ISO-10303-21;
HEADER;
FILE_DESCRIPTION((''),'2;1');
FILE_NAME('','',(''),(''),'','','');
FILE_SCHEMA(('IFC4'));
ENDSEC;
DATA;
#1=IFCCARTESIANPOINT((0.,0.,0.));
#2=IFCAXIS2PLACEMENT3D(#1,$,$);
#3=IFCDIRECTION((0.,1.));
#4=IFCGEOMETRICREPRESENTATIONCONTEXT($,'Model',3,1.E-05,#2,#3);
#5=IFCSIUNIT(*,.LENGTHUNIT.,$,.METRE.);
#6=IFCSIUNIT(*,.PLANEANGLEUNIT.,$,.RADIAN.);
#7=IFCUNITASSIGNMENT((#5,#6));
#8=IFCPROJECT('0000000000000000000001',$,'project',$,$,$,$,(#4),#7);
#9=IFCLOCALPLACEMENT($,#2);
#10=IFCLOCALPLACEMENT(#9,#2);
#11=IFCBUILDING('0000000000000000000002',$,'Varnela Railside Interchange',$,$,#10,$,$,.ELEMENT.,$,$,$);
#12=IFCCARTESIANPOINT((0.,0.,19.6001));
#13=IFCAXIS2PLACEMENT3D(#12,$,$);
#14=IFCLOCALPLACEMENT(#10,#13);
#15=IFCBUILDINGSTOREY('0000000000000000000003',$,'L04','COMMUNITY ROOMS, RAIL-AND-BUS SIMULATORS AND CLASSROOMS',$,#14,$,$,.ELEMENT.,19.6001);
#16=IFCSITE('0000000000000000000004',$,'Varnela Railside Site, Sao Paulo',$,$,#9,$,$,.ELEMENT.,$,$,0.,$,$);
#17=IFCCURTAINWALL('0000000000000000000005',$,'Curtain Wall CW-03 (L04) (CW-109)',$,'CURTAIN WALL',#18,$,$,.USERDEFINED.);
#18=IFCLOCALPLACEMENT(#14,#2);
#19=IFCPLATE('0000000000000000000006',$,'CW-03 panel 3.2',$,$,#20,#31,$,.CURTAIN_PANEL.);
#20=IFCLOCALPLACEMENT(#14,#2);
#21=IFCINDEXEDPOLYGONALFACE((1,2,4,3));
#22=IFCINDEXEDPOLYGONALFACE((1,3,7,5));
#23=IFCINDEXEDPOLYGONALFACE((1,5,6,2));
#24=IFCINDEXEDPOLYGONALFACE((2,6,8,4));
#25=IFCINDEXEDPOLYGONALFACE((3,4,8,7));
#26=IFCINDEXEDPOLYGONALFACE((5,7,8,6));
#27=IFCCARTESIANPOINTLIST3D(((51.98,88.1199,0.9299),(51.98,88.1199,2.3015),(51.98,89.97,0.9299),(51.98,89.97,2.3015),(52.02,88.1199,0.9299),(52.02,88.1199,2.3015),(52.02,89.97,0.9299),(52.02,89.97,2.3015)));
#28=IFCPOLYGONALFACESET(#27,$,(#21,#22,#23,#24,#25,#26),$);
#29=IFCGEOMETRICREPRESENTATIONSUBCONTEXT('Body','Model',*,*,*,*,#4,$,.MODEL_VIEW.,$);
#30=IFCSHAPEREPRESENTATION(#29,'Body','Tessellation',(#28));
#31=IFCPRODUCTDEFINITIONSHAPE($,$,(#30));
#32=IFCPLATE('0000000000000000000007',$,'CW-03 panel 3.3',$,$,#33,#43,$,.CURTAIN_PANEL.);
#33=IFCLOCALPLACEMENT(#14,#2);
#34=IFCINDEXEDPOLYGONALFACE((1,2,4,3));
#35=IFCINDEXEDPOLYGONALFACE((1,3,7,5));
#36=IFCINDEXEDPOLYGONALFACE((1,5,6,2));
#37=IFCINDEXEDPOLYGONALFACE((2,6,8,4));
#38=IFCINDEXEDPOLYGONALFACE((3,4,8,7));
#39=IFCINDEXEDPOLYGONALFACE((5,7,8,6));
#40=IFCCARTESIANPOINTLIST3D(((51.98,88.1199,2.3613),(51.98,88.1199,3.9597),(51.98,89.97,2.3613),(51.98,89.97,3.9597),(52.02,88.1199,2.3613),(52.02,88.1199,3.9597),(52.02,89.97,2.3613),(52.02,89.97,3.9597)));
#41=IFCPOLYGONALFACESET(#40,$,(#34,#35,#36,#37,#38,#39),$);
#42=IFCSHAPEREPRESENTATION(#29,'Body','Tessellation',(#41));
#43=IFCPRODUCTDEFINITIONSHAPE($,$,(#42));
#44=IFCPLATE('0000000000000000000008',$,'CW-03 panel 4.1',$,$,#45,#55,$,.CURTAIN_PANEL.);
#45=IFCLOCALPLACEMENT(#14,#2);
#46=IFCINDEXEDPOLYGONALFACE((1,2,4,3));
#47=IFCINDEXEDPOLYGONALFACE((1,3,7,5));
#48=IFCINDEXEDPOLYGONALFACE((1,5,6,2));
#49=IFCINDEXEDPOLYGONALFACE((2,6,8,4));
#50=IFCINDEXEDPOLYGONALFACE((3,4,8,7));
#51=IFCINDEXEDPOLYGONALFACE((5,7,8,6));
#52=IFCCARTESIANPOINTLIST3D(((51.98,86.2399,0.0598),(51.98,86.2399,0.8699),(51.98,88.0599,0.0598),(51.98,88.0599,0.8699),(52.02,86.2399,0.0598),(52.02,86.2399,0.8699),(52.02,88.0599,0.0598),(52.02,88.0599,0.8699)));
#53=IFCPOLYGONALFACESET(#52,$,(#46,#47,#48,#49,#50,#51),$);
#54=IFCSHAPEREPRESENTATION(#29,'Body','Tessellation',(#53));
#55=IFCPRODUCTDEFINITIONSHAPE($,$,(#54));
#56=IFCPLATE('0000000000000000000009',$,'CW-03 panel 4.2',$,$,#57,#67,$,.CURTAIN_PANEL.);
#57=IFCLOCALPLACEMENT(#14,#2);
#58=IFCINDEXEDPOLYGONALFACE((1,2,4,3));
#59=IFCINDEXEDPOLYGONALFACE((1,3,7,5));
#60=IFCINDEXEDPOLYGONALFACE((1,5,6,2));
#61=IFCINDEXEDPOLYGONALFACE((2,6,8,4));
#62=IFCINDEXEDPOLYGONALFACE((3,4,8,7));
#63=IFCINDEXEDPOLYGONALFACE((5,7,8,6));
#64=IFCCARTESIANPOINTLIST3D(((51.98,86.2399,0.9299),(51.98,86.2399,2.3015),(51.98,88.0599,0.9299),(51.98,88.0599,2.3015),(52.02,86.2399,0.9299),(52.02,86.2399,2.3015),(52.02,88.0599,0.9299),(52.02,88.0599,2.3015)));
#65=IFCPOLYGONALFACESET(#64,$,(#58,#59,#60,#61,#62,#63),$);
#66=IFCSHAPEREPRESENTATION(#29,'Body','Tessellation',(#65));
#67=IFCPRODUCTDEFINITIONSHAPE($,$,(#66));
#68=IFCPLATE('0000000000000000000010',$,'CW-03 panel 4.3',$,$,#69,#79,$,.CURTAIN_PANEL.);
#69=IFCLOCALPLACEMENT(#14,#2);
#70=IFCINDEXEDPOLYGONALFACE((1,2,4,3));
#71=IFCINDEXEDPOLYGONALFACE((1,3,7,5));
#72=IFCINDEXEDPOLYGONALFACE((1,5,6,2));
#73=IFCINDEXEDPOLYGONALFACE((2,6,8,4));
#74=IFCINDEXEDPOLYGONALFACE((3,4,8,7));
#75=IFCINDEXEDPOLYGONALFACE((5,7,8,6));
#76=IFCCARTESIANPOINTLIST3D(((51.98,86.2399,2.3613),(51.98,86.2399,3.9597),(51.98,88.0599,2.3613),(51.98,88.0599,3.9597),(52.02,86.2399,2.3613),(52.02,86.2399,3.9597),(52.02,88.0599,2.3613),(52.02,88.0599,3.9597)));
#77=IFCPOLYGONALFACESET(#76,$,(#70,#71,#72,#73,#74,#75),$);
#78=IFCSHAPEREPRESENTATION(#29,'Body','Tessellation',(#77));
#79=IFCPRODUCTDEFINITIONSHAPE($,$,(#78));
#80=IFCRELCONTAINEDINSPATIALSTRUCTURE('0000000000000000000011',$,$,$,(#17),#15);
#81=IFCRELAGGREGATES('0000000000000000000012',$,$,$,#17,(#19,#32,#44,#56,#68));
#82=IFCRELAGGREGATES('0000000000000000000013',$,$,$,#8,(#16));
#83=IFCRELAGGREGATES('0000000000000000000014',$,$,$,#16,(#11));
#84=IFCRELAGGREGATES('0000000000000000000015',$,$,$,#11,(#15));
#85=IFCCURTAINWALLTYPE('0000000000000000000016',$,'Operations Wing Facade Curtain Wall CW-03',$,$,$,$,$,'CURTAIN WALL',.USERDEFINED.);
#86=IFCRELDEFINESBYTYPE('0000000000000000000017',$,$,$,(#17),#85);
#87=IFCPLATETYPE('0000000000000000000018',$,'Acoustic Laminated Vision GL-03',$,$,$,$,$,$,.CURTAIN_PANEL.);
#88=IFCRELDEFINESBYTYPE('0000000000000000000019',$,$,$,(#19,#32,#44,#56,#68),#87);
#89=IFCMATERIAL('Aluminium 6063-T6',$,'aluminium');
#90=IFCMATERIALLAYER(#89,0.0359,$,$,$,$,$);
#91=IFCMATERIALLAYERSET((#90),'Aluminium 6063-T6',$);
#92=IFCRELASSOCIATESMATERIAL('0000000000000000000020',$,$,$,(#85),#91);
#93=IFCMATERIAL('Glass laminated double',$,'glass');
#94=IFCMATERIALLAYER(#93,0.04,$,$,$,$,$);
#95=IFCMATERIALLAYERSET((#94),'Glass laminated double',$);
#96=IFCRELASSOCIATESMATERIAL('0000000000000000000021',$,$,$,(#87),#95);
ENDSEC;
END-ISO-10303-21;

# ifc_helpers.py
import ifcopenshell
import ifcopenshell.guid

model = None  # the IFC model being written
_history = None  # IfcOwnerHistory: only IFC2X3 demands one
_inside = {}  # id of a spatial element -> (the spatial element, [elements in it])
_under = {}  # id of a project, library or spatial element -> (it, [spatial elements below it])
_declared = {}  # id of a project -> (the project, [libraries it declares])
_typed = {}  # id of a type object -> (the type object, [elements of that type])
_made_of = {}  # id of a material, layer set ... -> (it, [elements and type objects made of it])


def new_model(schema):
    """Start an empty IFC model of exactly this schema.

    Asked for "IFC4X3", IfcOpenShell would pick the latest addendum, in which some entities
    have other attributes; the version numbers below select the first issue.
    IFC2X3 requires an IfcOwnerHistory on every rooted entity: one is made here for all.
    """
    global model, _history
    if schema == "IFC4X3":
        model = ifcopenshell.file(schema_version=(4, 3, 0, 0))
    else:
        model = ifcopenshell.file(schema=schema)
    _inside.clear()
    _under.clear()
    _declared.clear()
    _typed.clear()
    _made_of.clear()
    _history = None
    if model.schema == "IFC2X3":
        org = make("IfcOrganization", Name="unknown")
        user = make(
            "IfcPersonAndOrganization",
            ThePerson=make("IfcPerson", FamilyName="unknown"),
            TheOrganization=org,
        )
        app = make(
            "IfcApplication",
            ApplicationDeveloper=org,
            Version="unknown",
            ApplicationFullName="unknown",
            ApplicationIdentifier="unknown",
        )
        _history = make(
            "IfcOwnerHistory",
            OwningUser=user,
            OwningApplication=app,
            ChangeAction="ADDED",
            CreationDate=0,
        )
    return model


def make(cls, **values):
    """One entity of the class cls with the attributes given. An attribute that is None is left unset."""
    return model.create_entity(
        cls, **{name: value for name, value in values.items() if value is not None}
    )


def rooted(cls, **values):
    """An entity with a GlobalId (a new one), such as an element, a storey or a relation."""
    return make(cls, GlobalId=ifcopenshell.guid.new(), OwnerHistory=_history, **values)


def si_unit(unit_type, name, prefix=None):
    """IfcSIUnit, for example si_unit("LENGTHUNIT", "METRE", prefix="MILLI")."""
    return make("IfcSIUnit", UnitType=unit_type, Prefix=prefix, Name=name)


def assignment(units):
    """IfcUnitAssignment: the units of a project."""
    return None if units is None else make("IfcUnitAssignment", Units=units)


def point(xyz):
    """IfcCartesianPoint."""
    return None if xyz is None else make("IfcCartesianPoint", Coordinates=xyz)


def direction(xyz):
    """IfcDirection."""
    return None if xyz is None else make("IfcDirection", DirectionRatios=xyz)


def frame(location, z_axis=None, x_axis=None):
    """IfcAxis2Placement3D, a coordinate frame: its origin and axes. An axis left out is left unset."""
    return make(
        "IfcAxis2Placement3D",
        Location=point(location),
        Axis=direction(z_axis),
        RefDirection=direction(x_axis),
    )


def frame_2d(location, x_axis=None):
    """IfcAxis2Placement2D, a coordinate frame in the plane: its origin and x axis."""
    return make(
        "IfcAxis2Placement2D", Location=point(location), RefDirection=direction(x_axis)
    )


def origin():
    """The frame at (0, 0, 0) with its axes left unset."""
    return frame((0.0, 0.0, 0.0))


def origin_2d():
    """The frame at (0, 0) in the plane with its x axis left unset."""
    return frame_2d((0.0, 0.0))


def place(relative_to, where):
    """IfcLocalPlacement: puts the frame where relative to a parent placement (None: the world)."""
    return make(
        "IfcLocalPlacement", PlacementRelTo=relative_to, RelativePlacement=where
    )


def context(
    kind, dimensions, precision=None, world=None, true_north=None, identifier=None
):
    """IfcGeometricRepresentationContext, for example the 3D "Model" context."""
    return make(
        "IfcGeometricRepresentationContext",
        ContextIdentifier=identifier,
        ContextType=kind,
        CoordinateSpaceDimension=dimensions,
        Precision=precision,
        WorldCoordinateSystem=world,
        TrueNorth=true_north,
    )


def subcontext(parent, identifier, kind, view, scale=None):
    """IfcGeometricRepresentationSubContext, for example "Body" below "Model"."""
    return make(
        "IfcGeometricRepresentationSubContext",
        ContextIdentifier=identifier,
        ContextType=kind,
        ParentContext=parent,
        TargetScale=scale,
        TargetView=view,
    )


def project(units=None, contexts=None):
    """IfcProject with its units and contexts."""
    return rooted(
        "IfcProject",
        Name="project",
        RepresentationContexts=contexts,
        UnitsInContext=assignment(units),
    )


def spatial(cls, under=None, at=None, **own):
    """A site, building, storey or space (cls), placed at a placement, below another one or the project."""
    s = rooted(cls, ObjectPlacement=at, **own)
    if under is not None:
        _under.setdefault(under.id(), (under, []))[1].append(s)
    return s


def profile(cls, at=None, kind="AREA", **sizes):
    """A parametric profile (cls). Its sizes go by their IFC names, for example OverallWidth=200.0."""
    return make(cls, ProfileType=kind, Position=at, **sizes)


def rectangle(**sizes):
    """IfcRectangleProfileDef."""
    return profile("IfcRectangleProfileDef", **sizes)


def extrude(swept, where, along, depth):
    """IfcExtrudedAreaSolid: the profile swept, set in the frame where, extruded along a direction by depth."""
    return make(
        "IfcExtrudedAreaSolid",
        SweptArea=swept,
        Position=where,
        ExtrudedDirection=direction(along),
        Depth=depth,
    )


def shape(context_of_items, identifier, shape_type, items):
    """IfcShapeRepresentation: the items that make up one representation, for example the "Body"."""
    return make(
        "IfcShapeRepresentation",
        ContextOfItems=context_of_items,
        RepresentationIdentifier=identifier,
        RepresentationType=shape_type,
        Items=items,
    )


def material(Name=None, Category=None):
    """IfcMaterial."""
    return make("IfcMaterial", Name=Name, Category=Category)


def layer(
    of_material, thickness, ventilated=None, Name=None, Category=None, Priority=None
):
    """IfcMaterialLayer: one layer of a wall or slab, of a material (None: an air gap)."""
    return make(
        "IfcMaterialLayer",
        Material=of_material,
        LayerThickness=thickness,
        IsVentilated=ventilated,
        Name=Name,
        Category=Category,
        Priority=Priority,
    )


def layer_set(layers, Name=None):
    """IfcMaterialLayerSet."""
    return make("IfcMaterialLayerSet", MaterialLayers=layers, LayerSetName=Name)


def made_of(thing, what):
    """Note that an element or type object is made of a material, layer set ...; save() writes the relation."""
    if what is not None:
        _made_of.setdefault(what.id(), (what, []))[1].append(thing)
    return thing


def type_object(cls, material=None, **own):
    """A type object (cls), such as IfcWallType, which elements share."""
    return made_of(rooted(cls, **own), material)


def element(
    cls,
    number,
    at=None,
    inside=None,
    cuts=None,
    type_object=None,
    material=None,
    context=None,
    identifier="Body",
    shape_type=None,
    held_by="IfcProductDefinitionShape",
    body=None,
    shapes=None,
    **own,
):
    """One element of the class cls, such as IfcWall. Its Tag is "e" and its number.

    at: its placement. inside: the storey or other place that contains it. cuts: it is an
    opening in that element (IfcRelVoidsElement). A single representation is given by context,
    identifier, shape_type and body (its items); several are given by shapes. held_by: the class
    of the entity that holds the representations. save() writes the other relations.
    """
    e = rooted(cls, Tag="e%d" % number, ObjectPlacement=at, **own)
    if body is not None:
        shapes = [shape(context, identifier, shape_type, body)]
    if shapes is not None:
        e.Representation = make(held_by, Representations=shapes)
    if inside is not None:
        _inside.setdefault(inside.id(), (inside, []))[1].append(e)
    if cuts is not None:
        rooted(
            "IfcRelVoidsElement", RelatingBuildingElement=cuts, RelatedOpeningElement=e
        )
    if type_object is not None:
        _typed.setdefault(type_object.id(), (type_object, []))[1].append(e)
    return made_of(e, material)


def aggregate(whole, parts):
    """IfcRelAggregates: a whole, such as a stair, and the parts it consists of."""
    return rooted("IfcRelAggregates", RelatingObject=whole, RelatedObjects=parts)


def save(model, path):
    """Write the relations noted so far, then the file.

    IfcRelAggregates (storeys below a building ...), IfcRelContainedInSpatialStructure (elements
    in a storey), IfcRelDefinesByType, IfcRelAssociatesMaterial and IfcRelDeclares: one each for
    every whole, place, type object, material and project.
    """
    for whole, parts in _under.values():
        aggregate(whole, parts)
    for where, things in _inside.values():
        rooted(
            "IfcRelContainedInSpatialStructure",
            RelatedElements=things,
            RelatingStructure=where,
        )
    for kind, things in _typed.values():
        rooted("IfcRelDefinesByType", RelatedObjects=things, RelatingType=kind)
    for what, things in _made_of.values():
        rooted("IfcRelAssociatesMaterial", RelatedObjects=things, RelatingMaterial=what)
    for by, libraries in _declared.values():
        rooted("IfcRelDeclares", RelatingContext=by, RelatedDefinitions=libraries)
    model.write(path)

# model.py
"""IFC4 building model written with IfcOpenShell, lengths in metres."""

from ifc_helpers import new_model, si_unit, direction, frame, origin, origin_2d, place, context, subcontext, project, spatial, rectangle, extrude, material, layer, layer_set, type_object, element, aggregate, save


model = new_model("IFC4")

# Units and contexts
model_context = context("Model", 3, precision=1e-05, world=origin(), true_north=direction((0.0, 1.0)))
body_context = subcontext(model_context, "Body", "Model", "MODEL_VIEW")
ifc_project = project(units=[si_unit("LENGTHUNIT", "METRE"), si_unit("PLANEANGLEUNIT", "RADIAN")], contexts=[model_context])

# Site, building, storey
site_placement = place(None, origin())
site = spatial("IfcSite", under=ifc_project, at=site_placement, Name="Varnela Railside Site, Sao Paulo", CompositionType="ELEMENT", RefElevation=0.0)
building_placement = place(site_placement, origin())
building = spatial("IfcBuilding", under=site, at=building_placement, Name="Varnela Railside Interchange", CompositionType="ELEMENT")
storey_placement = place(building_placement, frame((0.0, 0.0, 19.6001)))
storey = spatial("IfcBuildingStorey", under=building, at=storey_placement, Name="L04", Description="COMMUNITY ROOMS, RAIL-AND-BUS SIMULATORS AND CLASSROOMS", CompositionType="ELEMENT", Elevation=19.6001)

# Curtain wall
ifc_material_1 = material(Name="Aluminium 6063-T6", Category="aluminium")
ifc_layer_1 = layer(ifc_material_1, 0.0359)
ifc_layer_set_1 = layer_set([ifc_layer_1], Name="Aluminium 6063-T6")
curtain_wall_type = type_object("IfcCurtainWallType", Name="Operations Wing Facade Curtain Wall CW-03", ElementType="CURTAIN WALL", PredefinedType="USERDEFINED", material=ifc_layer_set_1)
curtain_wall_1_placement = place(storey_placement, origin())
curtain_wall_1 = element("IfcCurtainWall", 1, at=curtain_wall_1_placement, inside=storey, type_object=curtain_wall_type, Name="Curtain Wall CW-03 (L04) (CW-109)", ObjectType="CURTAIN WALL", PredefinedType="USERDEFINED")

# Plates
ifc_material_2 = material(Name="Glass laminated double", Category="glass")
ifc_layer_2 = layer(ifc_material_2, 0.04)
ifc_layer_set_2 = layer_set([ifc_layer_2], Name="Glass laminated double")
plate_type = type_object("IfcPlateType", Name="Acoustic Laminated Vision GL-03", PredefinedType="CURTAIN_PANEL", material=ifc_layer_set_2)
plate_1_placement = place(storey_placement, frame((52.0, 89.0449, 0.9299), z_axis=(0.0, 0.0, 1.0), x_axis=(0.0, -1.0, 0.0)))
plate_1 = element("IfcPlate", 2, at=plate_1_placement, type_object=plate_type, Name="CW-03 panel 3.2", PredefinedType="CURTAIN_PANEL", context=body_context, shape_type="SweptSolid", body=[
    extrude(rectangle(XDim=1.8501, YDim=0.04, at=origin_2d()), origin(), (0.0, 0.0, 1.0), 1.3716),
])
plate_2_placement = place(storey_placement, frame((52.0, 89.0449, 2.3613), z_axis=(0.0, 0.0, 1.0), x_axis=(0.0, -1.0, 0.0)))
plate_2 = element("IfcPlate", 3, at=plate_2_placement, type_object=plate_type, Name="CW-03 panel 3.3", PredefinedType="CURTAIN_PANEL", context=body_context, shape_type="SweptSolid", body=[
    extrude(rectangle(XDim=1.8501, YDim=0.04, at=origin_2d()), origin(), (0.0, 0.0, 1.0), 1.5984),
])
plate_3_placement = place(storey_placement, frame((52.0, 87.1499, 0.0598), z_axis=(0.0, 0.0, 1.0), x_axis=(0.0, -1.0, 0.0)))
plate_3 = element("IfcPlate", 4, at=plate_3_placement, type_object=plate_type, Name="CW-03 panel 4.1", PredefinedType="CURTAIN_PANEL", context=body_context, shape_type="SweptSolid", body=[
    extrude(rectangle(XDim=1.8201, YDim=0.04, at=origin_2d()), origin(), (0.0, 0.0, 1.0), 0.8101),
])
plate_4_placement = place(storey_placement, frame((52.0, 87.1499, 0.9299), z_axis=(0.0, 0.0, 1.0), x_axis=(0.0, -1.0, 0.0)))
plate_4 = element("IfcPlate", 5, at=plate_4_placement, type_object=plate_type, Name="CW-03 panel 4.2", PredefinedType="CURTAIN_PANEL", context=body_context, shape_type="SweptSolid", body=[
    extrude(rectangle(XDim=1.8201, YDim=0.04, at=origin_2d()), origin(), (0.0, 0.0, 1.0), 1.3716),
])
plate_5_placement = place(storey_placement, frame((52.0, 87.1499, 2.3613), z_axis=(0.0, 0.0, 1.0), x_axis=(0.0, -1.0, 0.0)))
plate_5 = element("IfcPlate", 6, at=plate_5_placement, type_object=plate_type, Name="CW-03 panel 4.3", PredefinedType="CURTAIN_PANEL", context=body_context, shape_type="SweptSolid", body=[
    extrude(rectangle(XDim=1.8201, YDim=0.04, at=origin_2d()), origin(), (0.0, 0.0, 1.0), 1.5984),
])
aggregate(curtain_wall_1, [plate_1, plate_2, plate_3, plate_4, plate_5])

save(model, "model.ifc")
